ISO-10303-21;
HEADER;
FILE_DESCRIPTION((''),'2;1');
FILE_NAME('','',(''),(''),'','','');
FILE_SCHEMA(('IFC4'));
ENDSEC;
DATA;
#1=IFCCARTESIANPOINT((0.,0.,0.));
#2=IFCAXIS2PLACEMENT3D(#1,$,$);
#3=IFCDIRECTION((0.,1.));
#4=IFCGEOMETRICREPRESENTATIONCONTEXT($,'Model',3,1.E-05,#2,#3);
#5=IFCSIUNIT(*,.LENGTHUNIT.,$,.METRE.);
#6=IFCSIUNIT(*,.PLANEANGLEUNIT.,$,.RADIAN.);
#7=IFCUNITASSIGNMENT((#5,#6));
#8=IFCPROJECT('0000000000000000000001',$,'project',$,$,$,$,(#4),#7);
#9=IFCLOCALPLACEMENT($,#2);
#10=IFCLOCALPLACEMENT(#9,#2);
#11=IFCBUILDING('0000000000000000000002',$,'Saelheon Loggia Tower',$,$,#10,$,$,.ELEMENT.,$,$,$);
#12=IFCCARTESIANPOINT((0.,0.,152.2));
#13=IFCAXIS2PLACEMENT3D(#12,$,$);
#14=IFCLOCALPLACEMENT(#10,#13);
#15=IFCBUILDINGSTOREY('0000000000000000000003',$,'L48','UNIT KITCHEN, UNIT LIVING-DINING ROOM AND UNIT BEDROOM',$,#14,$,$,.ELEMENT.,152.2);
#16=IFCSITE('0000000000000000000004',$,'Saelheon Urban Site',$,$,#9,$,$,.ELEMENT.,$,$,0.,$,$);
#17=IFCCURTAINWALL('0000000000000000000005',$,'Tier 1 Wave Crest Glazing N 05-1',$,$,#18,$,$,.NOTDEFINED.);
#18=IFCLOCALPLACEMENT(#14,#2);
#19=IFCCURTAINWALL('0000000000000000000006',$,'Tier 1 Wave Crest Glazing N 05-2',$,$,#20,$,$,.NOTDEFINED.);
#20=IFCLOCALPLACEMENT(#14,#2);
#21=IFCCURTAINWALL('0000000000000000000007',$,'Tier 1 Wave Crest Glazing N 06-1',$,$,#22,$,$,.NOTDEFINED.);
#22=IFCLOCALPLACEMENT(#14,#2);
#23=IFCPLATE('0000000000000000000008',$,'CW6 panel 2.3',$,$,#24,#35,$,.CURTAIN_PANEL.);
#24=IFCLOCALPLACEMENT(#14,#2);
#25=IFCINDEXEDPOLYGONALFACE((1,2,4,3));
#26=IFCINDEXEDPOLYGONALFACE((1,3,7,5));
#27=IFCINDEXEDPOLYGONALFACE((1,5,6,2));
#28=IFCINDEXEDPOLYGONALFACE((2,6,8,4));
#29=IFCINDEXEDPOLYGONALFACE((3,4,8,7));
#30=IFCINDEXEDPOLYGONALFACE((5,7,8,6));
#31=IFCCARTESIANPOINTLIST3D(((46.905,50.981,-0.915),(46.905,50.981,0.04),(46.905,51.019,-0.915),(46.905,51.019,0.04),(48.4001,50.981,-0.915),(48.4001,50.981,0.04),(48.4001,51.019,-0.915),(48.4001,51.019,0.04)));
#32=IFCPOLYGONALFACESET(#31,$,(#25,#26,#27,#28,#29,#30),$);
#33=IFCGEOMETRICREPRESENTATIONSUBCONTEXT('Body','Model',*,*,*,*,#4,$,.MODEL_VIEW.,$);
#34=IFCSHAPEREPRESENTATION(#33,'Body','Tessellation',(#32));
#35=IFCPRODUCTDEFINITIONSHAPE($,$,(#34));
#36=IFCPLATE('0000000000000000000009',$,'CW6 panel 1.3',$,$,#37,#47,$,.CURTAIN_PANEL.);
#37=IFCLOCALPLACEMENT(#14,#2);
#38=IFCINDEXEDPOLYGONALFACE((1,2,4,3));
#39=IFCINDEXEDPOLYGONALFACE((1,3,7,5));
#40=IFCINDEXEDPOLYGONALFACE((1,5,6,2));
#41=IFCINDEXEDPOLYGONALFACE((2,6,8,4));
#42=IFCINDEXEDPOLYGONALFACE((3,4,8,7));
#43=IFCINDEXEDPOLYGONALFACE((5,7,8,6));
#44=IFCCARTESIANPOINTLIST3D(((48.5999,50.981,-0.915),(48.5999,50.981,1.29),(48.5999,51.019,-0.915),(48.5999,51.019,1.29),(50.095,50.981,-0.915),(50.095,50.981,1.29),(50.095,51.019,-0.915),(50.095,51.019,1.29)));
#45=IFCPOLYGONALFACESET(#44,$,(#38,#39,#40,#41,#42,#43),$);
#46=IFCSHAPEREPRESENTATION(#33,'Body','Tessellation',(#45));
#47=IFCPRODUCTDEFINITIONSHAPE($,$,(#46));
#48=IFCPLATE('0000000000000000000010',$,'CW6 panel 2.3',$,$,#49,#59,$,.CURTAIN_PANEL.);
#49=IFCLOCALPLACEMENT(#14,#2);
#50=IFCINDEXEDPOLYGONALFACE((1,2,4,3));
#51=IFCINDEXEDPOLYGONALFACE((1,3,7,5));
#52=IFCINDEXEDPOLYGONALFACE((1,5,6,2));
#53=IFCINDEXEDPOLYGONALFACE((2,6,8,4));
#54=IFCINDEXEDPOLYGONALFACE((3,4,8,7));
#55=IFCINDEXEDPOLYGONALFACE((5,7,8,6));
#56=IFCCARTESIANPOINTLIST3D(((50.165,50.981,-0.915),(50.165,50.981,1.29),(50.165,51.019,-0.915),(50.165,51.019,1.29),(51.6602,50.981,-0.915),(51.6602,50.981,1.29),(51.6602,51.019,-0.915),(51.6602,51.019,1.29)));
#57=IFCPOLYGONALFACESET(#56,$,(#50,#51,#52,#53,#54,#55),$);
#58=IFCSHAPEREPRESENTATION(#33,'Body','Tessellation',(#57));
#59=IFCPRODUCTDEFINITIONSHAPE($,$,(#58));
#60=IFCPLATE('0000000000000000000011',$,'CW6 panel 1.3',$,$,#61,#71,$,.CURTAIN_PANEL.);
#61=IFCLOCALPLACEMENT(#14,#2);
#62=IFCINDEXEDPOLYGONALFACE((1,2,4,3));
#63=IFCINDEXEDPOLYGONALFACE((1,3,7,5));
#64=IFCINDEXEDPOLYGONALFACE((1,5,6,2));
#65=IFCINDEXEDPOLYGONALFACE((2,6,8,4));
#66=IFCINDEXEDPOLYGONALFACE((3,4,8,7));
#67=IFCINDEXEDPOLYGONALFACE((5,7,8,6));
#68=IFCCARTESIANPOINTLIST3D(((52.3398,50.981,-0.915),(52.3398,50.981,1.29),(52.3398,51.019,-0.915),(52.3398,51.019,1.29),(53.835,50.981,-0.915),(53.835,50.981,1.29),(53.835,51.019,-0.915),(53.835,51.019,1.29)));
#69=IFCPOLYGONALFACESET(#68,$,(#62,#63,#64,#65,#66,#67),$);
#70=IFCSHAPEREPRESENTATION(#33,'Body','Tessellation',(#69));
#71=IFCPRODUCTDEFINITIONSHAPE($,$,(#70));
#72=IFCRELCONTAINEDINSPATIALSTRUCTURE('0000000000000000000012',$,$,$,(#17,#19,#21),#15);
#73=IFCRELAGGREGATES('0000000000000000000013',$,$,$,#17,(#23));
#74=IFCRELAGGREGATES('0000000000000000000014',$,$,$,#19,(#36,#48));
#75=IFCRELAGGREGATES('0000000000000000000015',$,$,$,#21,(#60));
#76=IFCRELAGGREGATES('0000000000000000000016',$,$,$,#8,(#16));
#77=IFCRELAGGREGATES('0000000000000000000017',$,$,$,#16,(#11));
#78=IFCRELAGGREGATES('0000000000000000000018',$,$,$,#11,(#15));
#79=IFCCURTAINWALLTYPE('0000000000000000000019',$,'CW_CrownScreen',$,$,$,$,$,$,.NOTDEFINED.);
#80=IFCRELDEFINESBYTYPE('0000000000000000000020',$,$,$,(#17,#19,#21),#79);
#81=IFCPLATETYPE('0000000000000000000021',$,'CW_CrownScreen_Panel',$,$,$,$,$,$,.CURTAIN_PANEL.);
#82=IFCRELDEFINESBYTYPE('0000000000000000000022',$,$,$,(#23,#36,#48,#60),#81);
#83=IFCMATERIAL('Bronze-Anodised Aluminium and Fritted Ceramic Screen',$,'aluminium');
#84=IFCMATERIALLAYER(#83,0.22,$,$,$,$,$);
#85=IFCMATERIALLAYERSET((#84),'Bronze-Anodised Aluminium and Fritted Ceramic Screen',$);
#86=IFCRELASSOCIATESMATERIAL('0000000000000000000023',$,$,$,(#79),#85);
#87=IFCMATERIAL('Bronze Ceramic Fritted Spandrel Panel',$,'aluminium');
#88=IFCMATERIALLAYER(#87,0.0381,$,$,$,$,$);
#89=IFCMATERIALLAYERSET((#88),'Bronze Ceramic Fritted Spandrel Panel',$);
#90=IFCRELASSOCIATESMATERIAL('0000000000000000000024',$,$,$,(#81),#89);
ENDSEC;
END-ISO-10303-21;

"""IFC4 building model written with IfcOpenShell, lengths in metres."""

from ifc_helpers import new_model, si_unit, direction, frame, origin, origin_2d, place, context, subcontext, project, spatial, rectangle, extrude, source, transform, mapped, material, layer, layer_set, type_object, element, aggregate, save


model = new_model("IFC4")

# Units and contexts
model_context = context("Model", 3, precision=1e-05, world=origin(), true_north=direction((0.0, 1.0)))
body_context = subcontext(model_context, "Body", "Model", "MODEL_VIEW")
ifc_project = project(units=[si_unit("LENGTHUNIT", "METRE"), si_unit("PLANEANGLEUNIT", "RADIAN")], contexts=[model_context])

# Site, building, storey
site_placement = place(None, origin())
site = spatial("IfcSite", under=ifc_project, at=site_placement, Name="Saelheon Urban Site", CompositionType="ELEMENT", RefElevation=0.0)
building_placement = place(site_placement, origin())
building = spatial("IfcBuilding", under=site, at=building_placement, Name="Saelheon Loggia Tower", CompositionType="ELEMENT")
storey_placement = place(building_placement, frame((0.0, 0.0, 152.2)))
storey = spatial("IfcBuildingStorey", under=building, at=storey_placement, Name="L48", Description="UNIT KITCHEN, UNIT LIVING-DINING ROOM AND UNIT BEDROOM", CompositionType="ELEMENT", Elevation=152.2)

# Curtain wall
ifc_material_1 = material(Name="Bronze-Anodised Aluminium and Fritted Ceramic Screen", Category="aluminium")
ifc_layer_1 = layer(ifc_material_1, 0.22)
ifc_layer_set_1 = layer_set([ifc_layer_1], Name="Bronze-Anodised Aluminium and Fritted Ceramic Screen")
curtain_wall_type = type_object("IfcCurtainWallType", Name="CW_CrownScreen", PredefinedType="NOTDEFINED", material=ifc_layer_set_1)
curtain_wall_1_placement = place(storey_placement, origin())
curtain_wall_1 = element("IfcCurtainWall", 1, at=curtain_wall_1_placement, inside=storey, type_object=curtain_wall_type, Name="Tier 1 Wave Crest Glazing N 05-1", PredefinedType="NOTDEFINED")

# Curtain walls
curtain_wall_2_placement = place(storey_placement, origin())
curtain_wall_2 = element("IfcCurtainWall", 2, at=curtain_wall_2_placement, inside=storey, type_object=curtain_wall_type, Name="Tier 1 Wave Crest Glazing N 05-2", PredefinedType="NOTDEFINED")
curtain_wall_3_placement = place(storey_placement, origin())
curtain_wall_3 = element("IfcCurtainWall", 3, at=curtain_wall_3_placement, inside=storey, type_object=curtain_wall_type, Name="Tier 1 Wave Crest Glazing N 06-1", PredefinedType="NOTDEFINED")

# Plates
ifc_material_2 = material(Name="Bronze Ceramic Fritted Spandrel Panel", Category="aluminium")
ifc_layer_2 = layer(ifc_material_2, 0.0381)
ifc_layer_set_2 = layer_set([ifc_layer_2], Name="Bronze Ceramic Fritted Spandrel Panel")
plate_type = type_object("IfcPlateType", Name="CW_CrownScreen_Panel", PredefinedType="CURTAIN_PANEL", material=ifc_layer_set_2)
shared_shape_1 = source(origin(), body_context, "Body", "SweptSolid", [
    extrude(rectangle(XDim=1.4951, YDim=0.0381, at=origin_2d()), origin(), (0.0, 0.0, 1.0), 0.9551),
])
plate_1_placement = place(storey_placement, frame((47.6526, 51.0, -0.915), z_axis=(0.0, 0.0, 1.0), x_axis=(1.0, 0.0, 0.0)))
plate_1 = element("IfcPlate", 4, at=plate_1_placement, type_object=plate_type, Name="CW6 panel 2.3", PredefinedType="CURTAIN_PANEL", context=body_context, shape_type="MappedRepresentation", body=[
    mapped(shared_shape_1, transform((0.0, 0.0, 0.0), scale=1.0)),
])
aggregate(curtain_wall_1, [plate_1])
shared_shape_2 = source(origin(), body_context, "Body", "SweptSolid", [
    extrude(rectangle(XDim=1.4951, YDim=0.0381, at=origin_2d()), origin(), (0.0, 0.0, 1.0), 2.2051),
])
plate_2_placement = place(storey_placement, frame((49.3474, 51.0, -0.915), z_axis=(0.0, 0.0, 1.0), x_axis=(1.0, 0.0, 0.0)))
plate_2 = element("IfcPlate", 5, at=plate_2_placement, type_object=plate_type, Name="CW6 panel 1.3", PredefinedType="CURTAIN_PANEL", context=body_context, shape_type="MappedRepresentation", body=[
    mapped(shared_shape_2, transform((0.0, 0.0, 0.0), scale=1.0)),
])
plate_3_placement = place(storey_placement, frame((50.9126, 51.0, -0.915), z_axis=(0.0, 0.0, 1.0), x_axis=(1.0, 0.0, 0.0)))
plate_3 = element("IfcPlate", 6, at=plate_3_placement, type_object=plate_type, Name="CW6 panel 2.3", PredefinedType="CURTAIN_PANEL", context=body_context, shape_type="MappedRepresentation", body=[
    mapped(shared_shape_2, transform((0.0, 0.0, 0.0), scale=1.0)),
])
aggregate(curtain_wall_2, [plate_2, plate_3])
plate_4_placement = place(storey_placement, frame((53.0874, 51.0, -0.915), z_axis=(0.0, 0.0, 1.0), x_axis=(1.0, 0.0, 0.0)))
plate_4 = element("IfcPlate", 7, at=plate_4_placement, type_object=plate_type, Name="CW6 panel 1.3", PredefinedType="CURTAIN_PANEL", context=body_context, shape_type="MappedRepresentation", body=[
    mapped(shared_shape_2, transform((0.0, 0.0, 0.0), scale=1.0)),
])
aggregate(curtain_wall_3, [plate_4])

save(model, "model.ifc")
